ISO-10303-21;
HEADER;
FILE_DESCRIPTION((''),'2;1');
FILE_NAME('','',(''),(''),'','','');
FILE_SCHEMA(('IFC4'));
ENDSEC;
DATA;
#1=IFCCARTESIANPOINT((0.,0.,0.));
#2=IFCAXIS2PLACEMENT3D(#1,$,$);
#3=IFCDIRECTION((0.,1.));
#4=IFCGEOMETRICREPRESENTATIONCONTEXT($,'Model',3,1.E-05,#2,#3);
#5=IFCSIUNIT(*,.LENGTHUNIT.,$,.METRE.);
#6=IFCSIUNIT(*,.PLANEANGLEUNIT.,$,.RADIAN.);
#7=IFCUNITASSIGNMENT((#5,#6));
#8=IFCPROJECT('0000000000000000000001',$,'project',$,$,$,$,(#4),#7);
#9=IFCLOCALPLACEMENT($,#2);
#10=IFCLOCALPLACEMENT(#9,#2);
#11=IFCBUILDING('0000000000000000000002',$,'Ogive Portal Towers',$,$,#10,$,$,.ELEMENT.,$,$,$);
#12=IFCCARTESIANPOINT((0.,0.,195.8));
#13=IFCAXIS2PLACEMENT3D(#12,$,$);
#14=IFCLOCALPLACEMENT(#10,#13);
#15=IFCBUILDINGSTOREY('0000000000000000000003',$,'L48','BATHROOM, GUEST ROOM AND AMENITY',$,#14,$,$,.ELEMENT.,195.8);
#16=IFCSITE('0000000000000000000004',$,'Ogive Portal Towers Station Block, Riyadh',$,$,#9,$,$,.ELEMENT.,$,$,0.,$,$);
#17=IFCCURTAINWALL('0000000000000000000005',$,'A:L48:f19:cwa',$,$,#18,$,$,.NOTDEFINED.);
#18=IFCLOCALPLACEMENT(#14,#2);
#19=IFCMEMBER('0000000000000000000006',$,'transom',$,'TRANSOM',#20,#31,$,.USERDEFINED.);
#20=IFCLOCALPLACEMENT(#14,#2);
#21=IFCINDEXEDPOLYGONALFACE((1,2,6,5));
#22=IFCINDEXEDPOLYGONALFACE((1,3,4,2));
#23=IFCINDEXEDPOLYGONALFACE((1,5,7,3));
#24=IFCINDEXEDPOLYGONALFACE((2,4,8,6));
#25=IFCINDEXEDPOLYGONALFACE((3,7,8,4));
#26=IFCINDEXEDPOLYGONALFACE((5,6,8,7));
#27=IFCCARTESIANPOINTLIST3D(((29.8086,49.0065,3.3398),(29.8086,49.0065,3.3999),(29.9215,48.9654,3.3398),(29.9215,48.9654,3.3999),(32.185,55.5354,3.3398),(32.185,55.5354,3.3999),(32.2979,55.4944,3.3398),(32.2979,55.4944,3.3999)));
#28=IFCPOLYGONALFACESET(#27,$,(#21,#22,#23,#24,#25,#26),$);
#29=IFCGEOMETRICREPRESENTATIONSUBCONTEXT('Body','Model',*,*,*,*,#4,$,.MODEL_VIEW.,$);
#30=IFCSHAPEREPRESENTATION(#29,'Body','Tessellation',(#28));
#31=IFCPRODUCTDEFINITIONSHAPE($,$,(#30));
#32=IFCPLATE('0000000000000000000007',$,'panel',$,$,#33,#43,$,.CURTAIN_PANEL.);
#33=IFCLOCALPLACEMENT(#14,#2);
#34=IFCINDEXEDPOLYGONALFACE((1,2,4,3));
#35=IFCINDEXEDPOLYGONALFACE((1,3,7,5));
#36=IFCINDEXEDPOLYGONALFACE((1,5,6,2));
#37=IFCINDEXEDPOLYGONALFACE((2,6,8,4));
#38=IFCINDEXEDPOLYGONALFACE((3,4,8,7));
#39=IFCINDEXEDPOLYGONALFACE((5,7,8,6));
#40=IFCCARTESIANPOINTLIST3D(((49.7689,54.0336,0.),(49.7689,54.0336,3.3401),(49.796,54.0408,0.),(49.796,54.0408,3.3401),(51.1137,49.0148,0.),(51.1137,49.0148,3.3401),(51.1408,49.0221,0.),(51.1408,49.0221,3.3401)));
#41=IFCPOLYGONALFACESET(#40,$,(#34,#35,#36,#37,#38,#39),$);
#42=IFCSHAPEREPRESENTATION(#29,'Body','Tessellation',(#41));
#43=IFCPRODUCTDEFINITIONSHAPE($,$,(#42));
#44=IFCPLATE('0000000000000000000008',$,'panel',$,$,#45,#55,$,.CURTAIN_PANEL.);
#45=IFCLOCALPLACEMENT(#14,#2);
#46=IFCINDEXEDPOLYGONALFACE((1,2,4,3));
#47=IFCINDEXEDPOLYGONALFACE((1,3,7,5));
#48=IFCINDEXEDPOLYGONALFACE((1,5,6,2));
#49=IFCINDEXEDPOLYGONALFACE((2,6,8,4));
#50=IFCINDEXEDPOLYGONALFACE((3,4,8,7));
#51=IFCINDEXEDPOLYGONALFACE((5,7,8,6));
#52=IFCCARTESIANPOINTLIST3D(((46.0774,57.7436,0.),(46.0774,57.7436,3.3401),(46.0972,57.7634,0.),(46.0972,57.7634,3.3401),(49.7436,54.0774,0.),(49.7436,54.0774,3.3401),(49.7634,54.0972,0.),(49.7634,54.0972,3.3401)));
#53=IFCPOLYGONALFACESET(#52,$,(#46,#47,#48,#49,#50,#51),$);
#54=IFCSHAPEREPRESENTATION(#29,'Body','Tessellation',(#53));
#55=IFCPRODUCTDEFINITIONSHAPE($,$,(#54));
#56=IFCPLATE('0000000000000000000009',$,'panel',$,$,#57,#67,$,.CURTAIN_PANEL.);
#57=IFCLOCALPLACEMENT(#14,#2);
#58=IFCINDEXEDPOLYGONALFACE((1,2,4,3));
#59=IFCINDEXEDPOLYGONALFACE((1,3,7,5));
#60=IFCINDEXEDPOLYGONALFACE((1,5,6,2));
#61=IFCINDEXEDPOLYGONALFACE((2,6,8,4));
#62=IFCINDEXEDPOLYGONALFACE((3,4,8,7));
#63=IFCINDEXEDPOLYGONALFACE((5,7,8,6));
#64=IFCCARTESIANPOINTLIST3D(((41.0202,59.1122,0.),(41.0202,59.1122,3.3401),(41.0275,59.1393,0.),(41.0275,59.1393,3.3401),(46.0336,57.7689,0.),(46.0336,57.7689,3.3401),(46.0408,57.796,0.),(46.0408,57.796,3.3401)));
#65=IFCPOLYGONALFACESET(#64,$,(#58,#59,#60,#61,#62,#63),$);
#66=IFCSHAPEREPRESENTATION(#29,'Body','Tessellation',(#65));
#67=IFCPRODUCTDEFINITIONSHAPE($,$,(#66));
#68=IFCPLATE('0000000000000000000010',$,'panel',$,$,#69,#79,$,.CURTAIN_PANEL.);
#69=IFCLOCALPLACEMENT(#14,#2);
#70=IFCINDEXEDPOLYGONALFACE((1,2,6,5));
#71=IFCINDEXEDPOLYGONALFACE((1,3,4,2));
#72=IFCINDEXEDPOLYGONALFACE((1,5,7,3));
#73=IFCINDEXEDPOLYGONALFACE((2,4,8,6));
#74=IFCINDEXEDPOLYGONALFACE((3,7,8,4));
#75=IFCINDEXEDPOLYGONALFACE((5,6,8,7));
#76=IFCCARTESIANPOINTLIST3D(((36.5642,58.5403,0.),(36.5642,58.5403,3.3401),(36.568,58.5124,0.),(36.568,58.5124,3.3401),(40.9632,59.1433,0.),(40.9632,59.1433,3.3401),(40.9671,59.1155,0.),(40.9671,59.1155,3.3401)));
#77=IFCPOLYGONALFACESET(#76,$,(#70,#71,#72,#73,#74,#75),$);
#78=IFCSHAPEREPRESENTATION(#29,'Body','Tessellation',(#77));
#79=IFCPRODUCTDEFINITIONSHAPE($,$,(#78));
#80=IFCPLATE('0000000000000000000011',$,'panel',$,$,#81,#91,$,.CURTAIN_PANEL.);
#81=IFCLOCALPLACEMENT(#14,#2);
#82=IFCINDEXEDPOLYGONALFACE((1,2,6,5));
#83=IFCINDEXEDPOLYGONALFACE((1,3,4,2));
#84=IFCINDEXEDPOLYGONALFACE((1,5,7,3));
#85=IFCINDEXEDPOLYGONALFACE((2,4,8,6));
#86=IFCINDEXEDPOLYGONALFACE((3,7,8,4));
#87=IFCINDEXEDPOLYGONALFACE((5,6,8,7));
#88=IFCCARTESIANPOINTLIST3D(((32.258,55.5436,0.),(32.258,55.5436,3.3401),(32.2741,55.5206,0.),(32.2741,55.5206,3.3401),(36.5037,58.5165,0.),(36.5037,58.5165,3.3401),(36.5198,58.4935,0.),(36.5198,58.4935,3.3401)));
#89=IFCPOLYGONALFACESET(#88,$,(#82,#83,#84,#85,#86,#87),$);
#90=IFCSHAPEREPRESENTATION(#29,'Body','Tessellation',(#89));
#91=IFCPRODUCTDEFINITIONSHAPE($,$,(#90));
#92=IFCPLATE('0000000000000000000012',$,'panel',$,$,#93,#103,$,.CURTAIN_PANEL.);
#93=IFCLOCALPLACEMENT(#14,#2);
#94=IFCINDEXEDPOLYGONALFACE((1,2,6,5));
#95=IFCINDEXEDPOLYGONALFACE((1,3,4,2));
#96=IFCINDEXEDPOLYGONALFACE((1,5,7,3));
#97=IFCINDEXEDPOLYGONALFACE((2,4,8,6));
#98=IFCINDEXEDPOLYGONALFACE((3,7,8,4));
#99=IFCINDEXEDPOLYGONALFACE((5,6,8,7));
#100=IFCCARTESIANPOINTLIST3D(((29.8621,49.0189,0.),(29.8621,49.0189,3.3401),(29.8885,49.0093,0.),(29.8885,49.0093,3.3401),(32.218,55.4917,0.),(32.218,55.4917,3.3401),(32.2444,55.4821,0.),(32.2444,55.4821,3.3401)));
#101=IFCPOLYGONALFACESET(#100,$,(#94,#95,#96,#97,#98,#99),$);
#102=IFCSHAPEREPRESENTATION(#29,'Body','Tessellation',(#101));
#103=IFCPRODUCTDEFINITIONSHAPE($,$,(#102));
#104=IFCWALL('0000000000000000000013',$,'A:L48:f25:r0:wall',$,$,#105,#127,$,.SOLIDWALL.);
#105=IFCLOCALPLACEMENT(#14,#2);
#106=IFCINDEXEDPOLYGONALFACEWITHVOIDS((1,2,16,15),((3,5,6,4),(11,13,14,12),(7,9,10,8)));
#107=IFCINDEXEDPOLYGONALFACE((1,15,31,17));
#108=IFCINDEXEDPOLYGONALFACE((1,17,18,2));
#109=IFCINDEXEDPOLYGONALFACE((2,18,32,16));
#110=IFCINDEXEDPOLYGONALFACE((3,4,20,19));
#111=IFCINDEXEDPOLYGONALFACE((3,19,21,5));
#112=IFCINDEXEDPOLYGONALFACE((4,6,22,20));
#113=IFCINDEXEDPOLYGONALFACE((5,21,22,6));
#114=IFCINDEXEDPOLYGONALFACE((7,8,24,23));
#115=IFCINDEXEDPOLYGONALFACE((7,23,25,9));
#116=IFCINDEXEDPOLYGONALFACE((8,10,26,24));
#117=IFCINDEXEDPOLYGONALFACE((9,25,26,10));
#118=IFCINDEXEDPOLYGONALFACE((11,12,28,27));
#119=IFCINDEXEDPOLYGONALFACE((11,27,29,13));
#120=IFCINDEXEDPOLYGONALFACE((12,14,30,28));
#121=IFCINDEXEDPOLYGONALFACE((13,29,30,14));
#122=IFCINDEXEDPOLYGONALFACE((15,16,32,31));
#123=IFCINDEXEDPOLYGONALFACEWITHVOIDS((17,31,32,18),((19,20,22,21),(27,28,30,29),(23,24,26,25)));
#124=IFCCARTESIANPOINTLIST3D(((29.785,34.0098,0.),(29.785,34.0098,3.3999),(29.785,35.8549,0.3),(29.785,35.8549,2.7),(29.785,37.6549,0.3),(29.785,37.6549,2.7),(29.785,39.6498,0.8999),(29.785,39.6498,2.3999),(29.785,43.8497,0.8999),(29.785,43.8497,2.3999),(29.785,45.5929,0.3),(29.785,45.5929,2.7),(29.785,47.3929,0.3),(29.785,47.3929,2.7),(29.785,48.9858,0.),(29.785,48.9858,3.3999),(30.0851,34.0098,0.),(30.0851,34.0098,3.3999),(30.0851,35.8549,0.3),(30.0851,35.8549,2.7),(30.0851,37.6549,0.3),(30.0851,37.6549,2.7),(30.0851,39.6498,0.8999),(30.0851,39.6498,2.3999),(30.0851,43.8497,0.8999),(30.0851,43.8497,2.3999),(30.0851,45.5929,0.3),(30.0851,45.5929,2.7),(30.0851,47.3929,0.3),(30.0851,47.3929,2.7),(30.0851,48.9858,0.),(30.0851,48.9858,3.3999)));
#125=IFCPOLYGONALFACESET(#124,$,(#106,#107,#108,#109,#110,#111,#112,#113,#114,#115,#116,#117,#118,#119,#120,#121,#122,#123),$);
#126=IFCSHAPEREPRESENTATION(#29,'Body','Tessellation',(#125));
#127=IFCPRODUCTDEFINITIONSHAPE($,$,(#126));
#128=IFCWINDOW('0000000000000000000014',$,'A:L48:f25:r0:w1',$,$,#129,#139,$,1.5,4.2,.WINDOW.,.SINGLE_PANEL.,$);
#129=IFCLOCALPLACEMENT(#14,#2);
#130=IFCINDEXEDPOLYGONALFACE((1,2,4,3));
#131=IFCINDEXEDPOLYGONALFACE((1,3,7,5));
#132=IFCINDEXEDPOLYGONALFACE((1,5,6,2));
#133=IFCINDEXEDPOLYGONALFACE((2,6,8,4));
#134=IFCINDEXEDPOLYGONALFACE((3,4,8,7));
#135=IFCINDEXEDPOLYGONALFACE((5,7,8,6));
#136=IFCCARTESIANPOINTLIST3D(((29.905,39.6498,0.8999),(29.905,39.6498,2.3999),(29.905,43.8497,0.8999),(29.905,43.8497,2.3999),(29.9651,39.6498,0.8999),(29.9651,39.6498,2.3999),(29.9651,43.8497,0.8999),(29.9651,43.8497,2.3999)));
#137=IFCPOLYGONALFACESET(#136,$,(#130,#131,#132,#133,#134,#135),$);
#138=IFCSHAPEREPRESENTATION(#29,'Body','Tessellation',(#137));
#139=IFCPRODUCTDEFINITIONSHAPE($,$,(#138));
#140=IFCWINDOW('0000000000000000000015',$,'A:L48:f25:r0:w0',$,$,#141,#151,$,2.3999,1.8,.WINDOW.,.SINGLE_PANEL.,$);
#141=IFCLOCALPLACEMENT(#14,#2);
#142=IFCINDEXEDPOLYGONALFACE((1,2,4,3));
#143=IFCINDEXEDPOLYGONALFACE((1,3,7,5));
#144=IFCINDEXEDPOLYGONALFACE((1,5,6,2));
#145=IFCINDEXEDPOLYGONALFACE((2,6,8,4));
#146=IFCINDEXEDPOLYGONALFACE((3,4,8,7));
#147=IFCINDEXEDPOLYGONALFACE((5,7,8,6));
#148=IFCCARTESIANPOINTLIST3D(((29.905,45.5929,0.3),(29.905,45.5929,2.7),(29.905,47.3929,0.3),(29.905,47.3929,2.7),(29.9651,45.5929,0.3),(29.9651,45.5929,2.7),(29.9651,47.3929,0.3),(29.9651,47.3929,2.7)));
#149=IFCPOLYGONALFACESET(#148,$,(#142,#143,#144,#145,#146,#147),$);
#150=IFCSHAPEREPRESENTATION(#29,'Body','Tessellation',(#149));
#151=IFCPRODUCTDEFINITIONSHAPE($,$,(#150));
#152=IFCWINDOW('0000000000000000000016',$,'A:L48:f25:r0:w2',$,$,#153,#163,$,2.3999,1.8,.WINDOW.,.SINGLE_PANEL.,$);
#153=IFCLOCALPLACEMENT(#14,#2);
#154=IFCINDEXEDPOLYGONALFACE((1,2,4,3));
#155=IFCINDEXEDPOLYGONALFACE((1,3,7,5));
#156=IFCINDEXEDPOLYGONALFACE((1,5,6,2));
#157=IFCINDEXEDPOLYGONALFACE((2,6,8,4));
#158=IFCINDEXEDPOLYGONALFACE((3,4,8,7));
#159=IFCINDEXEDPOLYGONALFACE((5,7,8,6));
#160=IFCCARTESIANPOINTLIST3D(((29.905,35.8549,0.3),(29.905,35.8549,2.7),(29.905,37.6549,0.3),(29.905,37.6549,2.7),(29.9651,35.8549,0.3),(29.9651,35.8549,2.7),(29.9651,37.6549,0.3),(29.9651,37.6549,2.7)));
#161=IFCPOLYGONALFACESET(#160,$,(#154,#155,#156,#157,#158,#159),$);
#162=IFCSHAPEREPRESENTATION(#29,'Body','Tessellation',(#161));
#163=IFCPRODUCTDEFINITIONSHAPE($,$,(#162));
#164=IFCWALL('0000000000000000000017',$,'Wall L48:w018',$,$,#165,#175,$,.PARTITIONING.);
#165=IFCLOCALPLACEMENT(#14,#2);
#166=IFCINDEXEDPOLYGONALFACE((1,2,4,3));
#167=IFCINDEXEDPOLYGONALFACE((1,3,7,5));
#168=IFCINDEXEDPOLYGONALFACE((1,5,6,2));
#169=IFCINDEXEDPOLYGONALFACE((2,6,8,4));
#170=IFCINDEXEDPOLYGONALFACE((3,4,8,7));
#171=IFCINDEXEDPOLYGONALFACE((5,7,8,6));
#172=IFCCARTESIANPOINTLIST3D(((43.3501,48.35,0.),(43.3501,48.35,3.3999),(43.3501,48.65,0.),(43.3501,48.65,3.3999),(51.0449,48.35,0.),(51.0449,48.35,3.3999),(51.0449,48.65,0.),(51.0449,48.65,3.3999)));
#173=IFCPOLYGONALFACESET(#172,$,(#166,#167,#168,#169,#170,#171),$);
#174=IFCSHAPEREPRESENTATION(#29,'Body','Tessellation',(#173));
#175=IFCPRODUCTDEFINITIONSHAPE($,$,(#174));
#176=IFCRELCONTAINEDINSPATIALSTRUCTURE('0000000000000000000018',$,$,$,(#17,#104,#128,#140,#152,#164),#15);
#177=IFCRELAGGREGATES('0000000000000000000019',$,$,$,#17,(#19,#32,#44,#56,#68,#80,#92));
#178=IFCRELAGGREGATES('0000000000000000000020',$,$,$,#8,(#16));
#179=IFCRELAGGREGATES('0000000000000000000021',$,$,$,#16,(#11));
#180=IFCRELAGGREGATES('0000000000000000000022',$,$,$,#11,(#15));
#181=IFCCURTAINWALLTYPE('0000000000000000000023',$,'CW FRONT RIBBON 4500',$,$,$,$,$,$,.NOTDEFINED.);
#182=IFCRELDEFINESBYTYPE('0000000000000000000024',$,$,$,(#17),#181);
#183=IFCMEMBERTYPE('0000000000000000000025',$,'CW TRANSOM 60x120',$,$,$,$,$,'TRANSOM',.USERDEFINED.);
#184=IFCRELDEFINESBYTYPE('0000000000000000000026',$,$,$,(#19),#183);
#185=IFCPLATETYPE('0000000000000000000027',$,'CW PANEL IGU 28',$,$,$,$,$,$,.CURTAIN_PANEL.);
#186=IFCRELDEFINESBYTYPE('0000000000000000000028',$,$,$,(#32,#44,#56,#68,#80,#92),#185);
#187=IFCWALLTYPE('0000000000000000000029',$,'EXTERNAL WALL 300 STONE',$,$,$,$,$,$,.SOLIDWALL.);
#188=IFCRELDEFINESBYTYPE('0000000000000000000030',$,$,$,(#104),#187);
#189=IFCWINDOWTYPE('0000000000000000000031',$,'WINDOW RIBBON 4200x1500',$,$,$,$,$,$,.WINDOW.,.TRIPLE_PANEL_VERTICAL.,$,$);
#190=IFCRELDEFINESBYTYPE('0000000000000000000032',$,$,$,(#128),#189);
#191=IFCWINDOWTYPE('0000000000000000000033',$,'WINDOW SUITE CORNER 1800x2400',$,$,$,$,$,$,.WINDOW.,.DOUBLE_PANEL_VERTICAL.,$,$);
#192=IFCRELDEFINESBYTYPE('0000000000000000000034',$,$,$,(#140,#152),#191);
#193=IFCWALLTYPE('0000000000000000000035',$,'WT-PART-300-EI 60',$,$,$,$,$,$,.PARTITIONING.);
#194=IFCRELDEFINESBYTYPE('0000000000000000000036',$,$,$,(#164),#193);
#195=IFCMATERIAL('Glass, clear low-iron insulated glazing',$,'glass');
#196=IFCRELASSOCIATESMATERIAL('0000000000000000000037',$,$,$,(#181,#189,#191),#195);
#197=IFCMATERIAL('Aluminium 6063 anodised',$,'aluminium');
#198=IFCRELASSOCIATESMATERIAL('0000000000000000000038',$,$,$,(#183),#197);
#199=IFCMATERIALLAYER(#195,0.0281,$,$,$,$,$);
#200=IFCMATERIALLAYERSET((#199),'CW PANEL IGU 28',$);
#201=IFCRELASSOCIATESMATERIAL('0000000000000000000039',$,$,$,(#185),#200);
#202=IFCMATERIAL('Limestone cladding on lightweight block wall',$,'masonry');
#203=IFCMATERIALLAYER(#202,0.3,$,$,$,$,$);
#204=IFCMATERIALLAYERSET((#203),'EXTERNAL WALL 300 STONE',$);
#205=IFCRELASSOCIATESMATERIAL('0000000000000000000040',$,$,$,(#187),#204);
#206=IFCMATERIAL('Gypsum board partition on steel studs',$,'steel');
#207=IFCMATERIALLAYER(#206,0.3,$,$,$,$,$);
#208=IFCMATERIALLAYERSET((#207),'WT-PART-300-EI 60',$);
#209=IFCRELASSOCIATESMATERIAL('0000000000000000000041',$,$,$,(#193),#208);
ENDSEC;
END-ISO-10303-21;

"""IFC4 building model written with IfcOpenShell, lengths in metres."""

from ifc_helpers import new_model, si_unit, direction, frame, frame_2d, origin, origin_2d, place, context, subcontext, project, spatial, rectangle, extrude, material, layer, layer_set, material_profile, profile_set, type_object, element, fill, aggregate, save


model = new_model("IFC4")

# Units and contexts
model_context = context("Model", 3, precision=1e-05, world=origin(), true_north=direction((0.0, 1.0)))
body_context = subcontext(model_context, "Body", "Model", "MODEL_VIEW")
ifc_project = project(units=[si_unit("LENGTHUNIT", "METRE"), si_unit("PLANEANGLEUNIT", "RADIAN")], contexts=[model_context])

# Site, building, storey
site_placement = place(None, origin())
site = spatial("IfcSite", under=ifc_project, at=site_placement, Name="Ogive Portal Towers Station Block, Riyadh", CompositionType="ELEMENT", RefElevation=0.0)
building_placement = place(site_placement, origin())
building = spatial("IfcBuilding", under=site, at=building_placement, Name="Ogive Portal Towers", CompositionType="ELEMENT")
storey_placement = place(building_placement, frame((0.0, 0.0, 195.8)))
storey = spatial("IfcBuildingStorey", under=building, at=storey_placement, Name="L48", Description="BATHROOM, GUEST ROOM AND AMENITY", CompositionType="ELEMENT", Elevation=195.8)

# Shared definitions
ifc_material_1 = material(Name="Glass, clear low-iron insulated glazing", Category="glass")
curtain_wall_type = type_object("IfcCurtainWallType", Name="CW FRONT RIBBON 4500", PredefinedType="NOTDEFINED", material=ifc_material_1)
ifc_material_2 = material(Name="Aluminium 6063 anodised", Category="aluminium")

# Curtain wall, member, plates
curtain_wall_1_placement = place(storey_placement, origin())
curtain_wall_1 = element("IfcCurtainWall", 1, at=curtain_wall_1_placement, inside=storey, type_object=curtain_wall_type, Name="A:L48:f19:cwa", PredefinedType="NOTDEFINED")
ifc_material_profile_1 = material_profile(ifc_material_2, rectangle(XDim=0.1201, YDim=0.0601, at=origin_2d()), Name="AL 120x60")
ifc_profile_set_1 = profile_set([ifc_material_profile_1], Name="Aluminium 6063 anodised")
member_type_1 = type_object("IfcMemberType", Name="CW TRANSOM 60x120", ElementType="TRANSOM", PredefinedType="USERDEFINED", material=ifc_profile_set_1)
member_1_placement = place(storey_placement, frame((32.2415, 55.5149, 3.3699), z_axis=(-0.342031, -0.939689, 0.0), x_axis=(0.939689, -0.342031, 0.0)))
member_1 = element("IfcMember", 2, at=member_1_placement, type_object=member_type_1, Name="transom", ObjectType="TRANSOM", PredefinedType="USERDEFINED", context=body_context, shape_type="SweptSolid", body=[
    extrude(rectangle(XDim=0.1201, YDim=0.0601, at=origin_2d()), origin(), (0.0, 0.0, 1.0), 6.948),
])
ifc_layer_1 = layer(ifc_material_1, 0.0281)
ifc_layer_set_1 = layer_set([ifc_layer_1], Name="CW PANEL IGU 28")
plate_type = type_object("IfcPlateType", Name="CW PANEL IGU 28", PredefinedType="CURTAIN_PANEL", material=ifc_layer_set_1)
plate_1_placement = place(storey_placement, frame((50.4548, 51.5278, 0.0), z_axis=(0.0, 0.0, 1.0), x_axis=(-0.258819, 0.965926, 0.0)))
plate_1 = element("IfcPlate", 3, at=plate_1_placement, type_object=plate_type, Name="panel", PredefinedType="CURTAIN_PANEL", context=body_context, shape_type="SweptSolid", body=[
    extrude(rectangle(XDim=5.1958, YDim=0.0281, at=origin_2d()), origin(), (0.0, 0.0, 1.0), 3.3401),
])
plate_2_placement = place(storey_placement, frame((47.9204, 55.9204, 0.0), z_axis=(0.0, 0.0, 1.0), x_axis=(-0.707107, 0.707107, 0.0)))
plate_2 = element("IfcPlate", 4, at=plate_2_placement, type_object=plate_type, Name="panel", PredefinedType="CURTAIN_PANEL", context=body_context, shape_type="SweptSolid", body=[
    extrude(rectangle(XDim=5.1848, YDim=0.0281, at=origin_2d()), origin(), (0.0, 0.0, 1.0), 3.3401),
])
plate_3_placement = place(storey_placement, frame((43.5305, 58.4541, 0.0), z_axis=(0.0, 0.0, 1.0), x_axis=(-0.965926, 0.258819, 0.0)))
plate_3 = element("IfcPlate", 5, at=plate_3_placement, type_object=plate_type, Name="panel", PredefinedType="CURTAIN_PANEL", context=body_context, shape_type="SweptSolid", body=[
    extrude(rectangle(XDim=5.1902, YDim=0.0281, at=origin_2d()), origin(), (0.0, 0.0, 1.0), 3.3401),
])
plate_4_placement = place(storey_placement, frame((38.7656, 58.8279, 0.0), z_axis=(0.0, 0.0, 1.0), x_axis=(-0.990734, -0.135818, 0.0)))
plate_4 = element("IfcPlate", 6, at=plate_4_placement, type_object=plate_type, Name="panel", PredefinedType="CURTAIN_PANEL", context=body_context, shape_type="SweptSolid", body=[
    extrude(rectangle(XDim=4.4402, YDim=0.0281, at=origin_2d()), origin(), (0.0, 0.0, 1.0), 3.3401),
])
plate_5_placement = place(storey_placement, frame((34.3889, 57.0186, 0.0), z_axis=(0.0, 0.0, 1.0), x_axis=(-0.819152, -0.573576, 0.0)))
plate_5 = element("IfcPlate", 7, at=plate_5_placement, type_object=plate_type, Name="panel", PredefinedType="CURTAIN_PANEL", context=body_context, shape_type="SweptSolid", body=[
    extrude(rectangle(XDim=5.1831, YDim=0.0281, at=origin_2d()), origin(), (0.0, 0.0, 1.0), 3.3401),
])
plate_6_placement = place(storey_placement, frame((31.0532, 52.2505, 0.0), z_axis=(0.0, 0.0, 1.0), x_axis=(-0.34202, -0.939693, 0.0)))
plate_6 = element("IfcPlate", 8, at=plate_6_placement, type_object=plate_type, Name="panel", PredefinedType="CURTAIN_PANEL", context=body_context, shape_type="SweptSolid", body=[
    extrude(rectangle(XDim=6.8882, YDim=0.0281, at=origin_2d()), origin(), (0.0, 0.0, 1.0), 3.3401),
])
aggregate(curtain_wall_1, [member_1, plate_1, plate_2, plate_3, plate_4, plate_5, plate_6])

# Wall, openings, windows
ifc_material_3 = material(Name="Limestone cladding on lightweight block wall", Category="masonry")
ifc_layer_2 = layer(ifc_material_3, 0.3)
ifc_layer_set_2 = layer_set([ifc_layer_2], Name="EXTERNAL WALL 300 STONE")
wall_type_1 = type_object("IfcWallType", Name="EXTERNAL WALL 300 STONE", PredefinedType="SOLIDWALL", material=ifc_layer_set_2)
wall_1_placement = place(storey_placement, frame((29.9351, 48.9858, 0.0), z_axis=(0.0, 0.0, 1.0), x_axis=(0.0, -1.0, 0.0)))
wall_1 = element("IfcWall", 9, at=wall_1_placement, inside=storey, type_object=wall_type_1, Name="A:L48:f25:r0:wall", PredefinedType="SOLIDWALL", context=body_context, shape_type="SweptSolid", body=[
    extrude(rectangle(XDim=14.9761, YDim=0.3, at=frame_2d((7.488, 0.0))), origin(), (0.0, 0.0, 1.0), 3.3999),
])
opening_1_placement = place(wall_1_placement, frame((1.593, 0.0, 0.3)))
opening_1 = element("IfcOpeningElement", 10, at=opening_1_placement, cuts=wall_1, PredefinedType="OPENING", context=body_context, shape_type="SweptSolid", body=[
    extrude(rectangle(XDim=1.8, YDim=2.3999, at=frame_2d((0.8999, 1.2))), frame((0.0, 0.1602, 0.0), z_axis=(0.0, -1.0, 0.0), x_axis=(1.0, 0.0, 0.0)), (0.0, 0.0, 1.0), 0.3201),
])
opening_2_placement = place(wall_1_placement, frame((5.136, 0.0, 0.8999)))
opening_2 = element("IfcOpeningElement", 11, at=opening_2_placement, cuts=wall_1, PredefinedType="OPENING", context=body_context, shape_type="SweptSolid", body=[
    extrude(rectangle(XDim=4.2, YDim=1.5, at=frame_2d((2.1001, 0.75))), frame((0.0, 0.1602, 0.0), z_axis=(0.0, -1.0, 0.0), x_axis=(1.0, 0.0, 0.0)), (0.0, 0.0, 1.0), 0.3201),
])
opening_3_placement = place(wall_1_placement, frame((11.3311, 0.0, 0.3)))
opening_3 = element("IfcOpeningElement", 12, at=opening_3_placement, cuts=wall_1, PredefinedType="OPENING", context=body_context, shape_type="SweptSolid", body=[
    extrude(rectangle(XDim=1.8, YDim=2.3999, at=frame_2d((0.8999, 1.2))), frame((0.0, 0.1602, 0.0), z_axis=(0.0, -1.0, 0.0), x_axis=(1.0, 0.0, 0.0)), (0.0, 0.0, 1.0), 0.3201),
])
window_type_1 = type_object("IfcWindowType", Name="WINDOW RIBBON 4200x1500", PartitioningType="TRIPLE_PANEL_VERTICAL", PredefinedType="WINDOW", material=ifc_material_1)
window_1_placement = place(opening_2_placement, origin())
window_1 = element("IfcWindow", 13, at=window_1_placement, inside=storey, type_object=window_type_1, Name="A:L48:f25:r0:w1", OverallHeight=1.5, OverallWidth=4.2, PartitioningType="SINGLE_PANEL", PredefinedType="WINDOW", context=body_context, shape_type="SweptSolid", body=[
    extrude(rectangle(XDim=4.2, YDim=1.5, at=frame_2d((2.1001, 0.75))), frame((0.0, 0.03, 0.0), z_axis=(0.0, -1.0, 0.0), x_axis=(1.0, 0.0, 0.0)), (0.0, 0.0, 1.0), 0.0601),
])
fill(opening_2, window_1)
window_type_2 = type_object("IfcWindowType", Name="WINDOW SUITE CORNER 1800x2400", PartitioningType="DOUBLE_PANEL_VERTICAL", PredefinedType="WINDOW", material=ifc_material_1)
window_2_placement = place(opening_1_placement, origin())
window_2 = element("IfcWindow", 14, at=window_2_placement, inside=storey, type_object=window_type_2, Name="A:L48:f25:r0:w0", OverallHeight=2.3999, OverallWidth=1.8, PartitioningType="SINGLE_PANEL", PredefinedType="WINDOW", context=body_context, shape_type="SweptSolid", body=[
    extrude(rectangle(XDim=1.8, YDim=2.3999, at=frame_2d((0.8999, 1.2))), frame((0.0, 0.03, 0.0), z_axis=(0.0, -1.0, 0.0), x_axis=(1.0, 0.0, 0.0)), (0.0, 0.0, 1.0), 0.0601),
])
fill(opening_1, window_2)
window_3_placement = place(opening_3_placement, origin())
window_3 = element("IfcWindow", 15, at=window_3_placement, inside=storey, type_object=window_type_2, Name="A:L48:f25:r0:w2", OverallHeight=2.3999, OverallWidth=1.8, PartitioningType="SINGLE_PANEL", PredefinedType="WINDOW", context=body_context, shape_type="SweptSolid", body=[
    extrude(rectangle(XDim=1.8, YDim=2.3999, at=frame_2d((0.8999, 1.2))), frame((0.0, 0.03, 0.0), z_axis=(0.0, -1.0, 0.0), x_axis=(1.0, 0.0, 0.0)), (0.0, 0.0, 1.0), 0.0601),
])
fill(opening_3, window_3)

# Wall
ifc_material_4 = material(Name="Gypsum board partition on steel studs", Category="steel")
ifc_layer_3 = layer(ifc_material_4, 0.3)
ifc_layer_set_3 = layer_set([ifc_layer_3], Name="WT-PART-300-EI 60")
wall_type_2 = type_object("IfcWallType", Name="WT-PART-300-EI 60", PredefinedType="PARTITIONING", material=ifc_layer_set_3)
wall_2_placement = place(storey_placement, frame((43.3501, 48.5, 0.0), z_axis=(0.0, 0.0, 1.0), x_axis=(1.0, 0.0, 0.0)))
element("IfcWall", 16, at=wall_2_placement, inside=storey, type_object=wall_type_2, Name="Wall L48:w018", PredefinedType="PARTITIONING", context=body_context, shape_type="SweptSolid", body=[
    extrude(rectangle(XDim=7.6948, YDim=0.3, at=frame_2d((3.8474, 0.0))), origin(), (0.0, 0.0, 1.0), 3.3999),
])

save(model, "model.ifc")
